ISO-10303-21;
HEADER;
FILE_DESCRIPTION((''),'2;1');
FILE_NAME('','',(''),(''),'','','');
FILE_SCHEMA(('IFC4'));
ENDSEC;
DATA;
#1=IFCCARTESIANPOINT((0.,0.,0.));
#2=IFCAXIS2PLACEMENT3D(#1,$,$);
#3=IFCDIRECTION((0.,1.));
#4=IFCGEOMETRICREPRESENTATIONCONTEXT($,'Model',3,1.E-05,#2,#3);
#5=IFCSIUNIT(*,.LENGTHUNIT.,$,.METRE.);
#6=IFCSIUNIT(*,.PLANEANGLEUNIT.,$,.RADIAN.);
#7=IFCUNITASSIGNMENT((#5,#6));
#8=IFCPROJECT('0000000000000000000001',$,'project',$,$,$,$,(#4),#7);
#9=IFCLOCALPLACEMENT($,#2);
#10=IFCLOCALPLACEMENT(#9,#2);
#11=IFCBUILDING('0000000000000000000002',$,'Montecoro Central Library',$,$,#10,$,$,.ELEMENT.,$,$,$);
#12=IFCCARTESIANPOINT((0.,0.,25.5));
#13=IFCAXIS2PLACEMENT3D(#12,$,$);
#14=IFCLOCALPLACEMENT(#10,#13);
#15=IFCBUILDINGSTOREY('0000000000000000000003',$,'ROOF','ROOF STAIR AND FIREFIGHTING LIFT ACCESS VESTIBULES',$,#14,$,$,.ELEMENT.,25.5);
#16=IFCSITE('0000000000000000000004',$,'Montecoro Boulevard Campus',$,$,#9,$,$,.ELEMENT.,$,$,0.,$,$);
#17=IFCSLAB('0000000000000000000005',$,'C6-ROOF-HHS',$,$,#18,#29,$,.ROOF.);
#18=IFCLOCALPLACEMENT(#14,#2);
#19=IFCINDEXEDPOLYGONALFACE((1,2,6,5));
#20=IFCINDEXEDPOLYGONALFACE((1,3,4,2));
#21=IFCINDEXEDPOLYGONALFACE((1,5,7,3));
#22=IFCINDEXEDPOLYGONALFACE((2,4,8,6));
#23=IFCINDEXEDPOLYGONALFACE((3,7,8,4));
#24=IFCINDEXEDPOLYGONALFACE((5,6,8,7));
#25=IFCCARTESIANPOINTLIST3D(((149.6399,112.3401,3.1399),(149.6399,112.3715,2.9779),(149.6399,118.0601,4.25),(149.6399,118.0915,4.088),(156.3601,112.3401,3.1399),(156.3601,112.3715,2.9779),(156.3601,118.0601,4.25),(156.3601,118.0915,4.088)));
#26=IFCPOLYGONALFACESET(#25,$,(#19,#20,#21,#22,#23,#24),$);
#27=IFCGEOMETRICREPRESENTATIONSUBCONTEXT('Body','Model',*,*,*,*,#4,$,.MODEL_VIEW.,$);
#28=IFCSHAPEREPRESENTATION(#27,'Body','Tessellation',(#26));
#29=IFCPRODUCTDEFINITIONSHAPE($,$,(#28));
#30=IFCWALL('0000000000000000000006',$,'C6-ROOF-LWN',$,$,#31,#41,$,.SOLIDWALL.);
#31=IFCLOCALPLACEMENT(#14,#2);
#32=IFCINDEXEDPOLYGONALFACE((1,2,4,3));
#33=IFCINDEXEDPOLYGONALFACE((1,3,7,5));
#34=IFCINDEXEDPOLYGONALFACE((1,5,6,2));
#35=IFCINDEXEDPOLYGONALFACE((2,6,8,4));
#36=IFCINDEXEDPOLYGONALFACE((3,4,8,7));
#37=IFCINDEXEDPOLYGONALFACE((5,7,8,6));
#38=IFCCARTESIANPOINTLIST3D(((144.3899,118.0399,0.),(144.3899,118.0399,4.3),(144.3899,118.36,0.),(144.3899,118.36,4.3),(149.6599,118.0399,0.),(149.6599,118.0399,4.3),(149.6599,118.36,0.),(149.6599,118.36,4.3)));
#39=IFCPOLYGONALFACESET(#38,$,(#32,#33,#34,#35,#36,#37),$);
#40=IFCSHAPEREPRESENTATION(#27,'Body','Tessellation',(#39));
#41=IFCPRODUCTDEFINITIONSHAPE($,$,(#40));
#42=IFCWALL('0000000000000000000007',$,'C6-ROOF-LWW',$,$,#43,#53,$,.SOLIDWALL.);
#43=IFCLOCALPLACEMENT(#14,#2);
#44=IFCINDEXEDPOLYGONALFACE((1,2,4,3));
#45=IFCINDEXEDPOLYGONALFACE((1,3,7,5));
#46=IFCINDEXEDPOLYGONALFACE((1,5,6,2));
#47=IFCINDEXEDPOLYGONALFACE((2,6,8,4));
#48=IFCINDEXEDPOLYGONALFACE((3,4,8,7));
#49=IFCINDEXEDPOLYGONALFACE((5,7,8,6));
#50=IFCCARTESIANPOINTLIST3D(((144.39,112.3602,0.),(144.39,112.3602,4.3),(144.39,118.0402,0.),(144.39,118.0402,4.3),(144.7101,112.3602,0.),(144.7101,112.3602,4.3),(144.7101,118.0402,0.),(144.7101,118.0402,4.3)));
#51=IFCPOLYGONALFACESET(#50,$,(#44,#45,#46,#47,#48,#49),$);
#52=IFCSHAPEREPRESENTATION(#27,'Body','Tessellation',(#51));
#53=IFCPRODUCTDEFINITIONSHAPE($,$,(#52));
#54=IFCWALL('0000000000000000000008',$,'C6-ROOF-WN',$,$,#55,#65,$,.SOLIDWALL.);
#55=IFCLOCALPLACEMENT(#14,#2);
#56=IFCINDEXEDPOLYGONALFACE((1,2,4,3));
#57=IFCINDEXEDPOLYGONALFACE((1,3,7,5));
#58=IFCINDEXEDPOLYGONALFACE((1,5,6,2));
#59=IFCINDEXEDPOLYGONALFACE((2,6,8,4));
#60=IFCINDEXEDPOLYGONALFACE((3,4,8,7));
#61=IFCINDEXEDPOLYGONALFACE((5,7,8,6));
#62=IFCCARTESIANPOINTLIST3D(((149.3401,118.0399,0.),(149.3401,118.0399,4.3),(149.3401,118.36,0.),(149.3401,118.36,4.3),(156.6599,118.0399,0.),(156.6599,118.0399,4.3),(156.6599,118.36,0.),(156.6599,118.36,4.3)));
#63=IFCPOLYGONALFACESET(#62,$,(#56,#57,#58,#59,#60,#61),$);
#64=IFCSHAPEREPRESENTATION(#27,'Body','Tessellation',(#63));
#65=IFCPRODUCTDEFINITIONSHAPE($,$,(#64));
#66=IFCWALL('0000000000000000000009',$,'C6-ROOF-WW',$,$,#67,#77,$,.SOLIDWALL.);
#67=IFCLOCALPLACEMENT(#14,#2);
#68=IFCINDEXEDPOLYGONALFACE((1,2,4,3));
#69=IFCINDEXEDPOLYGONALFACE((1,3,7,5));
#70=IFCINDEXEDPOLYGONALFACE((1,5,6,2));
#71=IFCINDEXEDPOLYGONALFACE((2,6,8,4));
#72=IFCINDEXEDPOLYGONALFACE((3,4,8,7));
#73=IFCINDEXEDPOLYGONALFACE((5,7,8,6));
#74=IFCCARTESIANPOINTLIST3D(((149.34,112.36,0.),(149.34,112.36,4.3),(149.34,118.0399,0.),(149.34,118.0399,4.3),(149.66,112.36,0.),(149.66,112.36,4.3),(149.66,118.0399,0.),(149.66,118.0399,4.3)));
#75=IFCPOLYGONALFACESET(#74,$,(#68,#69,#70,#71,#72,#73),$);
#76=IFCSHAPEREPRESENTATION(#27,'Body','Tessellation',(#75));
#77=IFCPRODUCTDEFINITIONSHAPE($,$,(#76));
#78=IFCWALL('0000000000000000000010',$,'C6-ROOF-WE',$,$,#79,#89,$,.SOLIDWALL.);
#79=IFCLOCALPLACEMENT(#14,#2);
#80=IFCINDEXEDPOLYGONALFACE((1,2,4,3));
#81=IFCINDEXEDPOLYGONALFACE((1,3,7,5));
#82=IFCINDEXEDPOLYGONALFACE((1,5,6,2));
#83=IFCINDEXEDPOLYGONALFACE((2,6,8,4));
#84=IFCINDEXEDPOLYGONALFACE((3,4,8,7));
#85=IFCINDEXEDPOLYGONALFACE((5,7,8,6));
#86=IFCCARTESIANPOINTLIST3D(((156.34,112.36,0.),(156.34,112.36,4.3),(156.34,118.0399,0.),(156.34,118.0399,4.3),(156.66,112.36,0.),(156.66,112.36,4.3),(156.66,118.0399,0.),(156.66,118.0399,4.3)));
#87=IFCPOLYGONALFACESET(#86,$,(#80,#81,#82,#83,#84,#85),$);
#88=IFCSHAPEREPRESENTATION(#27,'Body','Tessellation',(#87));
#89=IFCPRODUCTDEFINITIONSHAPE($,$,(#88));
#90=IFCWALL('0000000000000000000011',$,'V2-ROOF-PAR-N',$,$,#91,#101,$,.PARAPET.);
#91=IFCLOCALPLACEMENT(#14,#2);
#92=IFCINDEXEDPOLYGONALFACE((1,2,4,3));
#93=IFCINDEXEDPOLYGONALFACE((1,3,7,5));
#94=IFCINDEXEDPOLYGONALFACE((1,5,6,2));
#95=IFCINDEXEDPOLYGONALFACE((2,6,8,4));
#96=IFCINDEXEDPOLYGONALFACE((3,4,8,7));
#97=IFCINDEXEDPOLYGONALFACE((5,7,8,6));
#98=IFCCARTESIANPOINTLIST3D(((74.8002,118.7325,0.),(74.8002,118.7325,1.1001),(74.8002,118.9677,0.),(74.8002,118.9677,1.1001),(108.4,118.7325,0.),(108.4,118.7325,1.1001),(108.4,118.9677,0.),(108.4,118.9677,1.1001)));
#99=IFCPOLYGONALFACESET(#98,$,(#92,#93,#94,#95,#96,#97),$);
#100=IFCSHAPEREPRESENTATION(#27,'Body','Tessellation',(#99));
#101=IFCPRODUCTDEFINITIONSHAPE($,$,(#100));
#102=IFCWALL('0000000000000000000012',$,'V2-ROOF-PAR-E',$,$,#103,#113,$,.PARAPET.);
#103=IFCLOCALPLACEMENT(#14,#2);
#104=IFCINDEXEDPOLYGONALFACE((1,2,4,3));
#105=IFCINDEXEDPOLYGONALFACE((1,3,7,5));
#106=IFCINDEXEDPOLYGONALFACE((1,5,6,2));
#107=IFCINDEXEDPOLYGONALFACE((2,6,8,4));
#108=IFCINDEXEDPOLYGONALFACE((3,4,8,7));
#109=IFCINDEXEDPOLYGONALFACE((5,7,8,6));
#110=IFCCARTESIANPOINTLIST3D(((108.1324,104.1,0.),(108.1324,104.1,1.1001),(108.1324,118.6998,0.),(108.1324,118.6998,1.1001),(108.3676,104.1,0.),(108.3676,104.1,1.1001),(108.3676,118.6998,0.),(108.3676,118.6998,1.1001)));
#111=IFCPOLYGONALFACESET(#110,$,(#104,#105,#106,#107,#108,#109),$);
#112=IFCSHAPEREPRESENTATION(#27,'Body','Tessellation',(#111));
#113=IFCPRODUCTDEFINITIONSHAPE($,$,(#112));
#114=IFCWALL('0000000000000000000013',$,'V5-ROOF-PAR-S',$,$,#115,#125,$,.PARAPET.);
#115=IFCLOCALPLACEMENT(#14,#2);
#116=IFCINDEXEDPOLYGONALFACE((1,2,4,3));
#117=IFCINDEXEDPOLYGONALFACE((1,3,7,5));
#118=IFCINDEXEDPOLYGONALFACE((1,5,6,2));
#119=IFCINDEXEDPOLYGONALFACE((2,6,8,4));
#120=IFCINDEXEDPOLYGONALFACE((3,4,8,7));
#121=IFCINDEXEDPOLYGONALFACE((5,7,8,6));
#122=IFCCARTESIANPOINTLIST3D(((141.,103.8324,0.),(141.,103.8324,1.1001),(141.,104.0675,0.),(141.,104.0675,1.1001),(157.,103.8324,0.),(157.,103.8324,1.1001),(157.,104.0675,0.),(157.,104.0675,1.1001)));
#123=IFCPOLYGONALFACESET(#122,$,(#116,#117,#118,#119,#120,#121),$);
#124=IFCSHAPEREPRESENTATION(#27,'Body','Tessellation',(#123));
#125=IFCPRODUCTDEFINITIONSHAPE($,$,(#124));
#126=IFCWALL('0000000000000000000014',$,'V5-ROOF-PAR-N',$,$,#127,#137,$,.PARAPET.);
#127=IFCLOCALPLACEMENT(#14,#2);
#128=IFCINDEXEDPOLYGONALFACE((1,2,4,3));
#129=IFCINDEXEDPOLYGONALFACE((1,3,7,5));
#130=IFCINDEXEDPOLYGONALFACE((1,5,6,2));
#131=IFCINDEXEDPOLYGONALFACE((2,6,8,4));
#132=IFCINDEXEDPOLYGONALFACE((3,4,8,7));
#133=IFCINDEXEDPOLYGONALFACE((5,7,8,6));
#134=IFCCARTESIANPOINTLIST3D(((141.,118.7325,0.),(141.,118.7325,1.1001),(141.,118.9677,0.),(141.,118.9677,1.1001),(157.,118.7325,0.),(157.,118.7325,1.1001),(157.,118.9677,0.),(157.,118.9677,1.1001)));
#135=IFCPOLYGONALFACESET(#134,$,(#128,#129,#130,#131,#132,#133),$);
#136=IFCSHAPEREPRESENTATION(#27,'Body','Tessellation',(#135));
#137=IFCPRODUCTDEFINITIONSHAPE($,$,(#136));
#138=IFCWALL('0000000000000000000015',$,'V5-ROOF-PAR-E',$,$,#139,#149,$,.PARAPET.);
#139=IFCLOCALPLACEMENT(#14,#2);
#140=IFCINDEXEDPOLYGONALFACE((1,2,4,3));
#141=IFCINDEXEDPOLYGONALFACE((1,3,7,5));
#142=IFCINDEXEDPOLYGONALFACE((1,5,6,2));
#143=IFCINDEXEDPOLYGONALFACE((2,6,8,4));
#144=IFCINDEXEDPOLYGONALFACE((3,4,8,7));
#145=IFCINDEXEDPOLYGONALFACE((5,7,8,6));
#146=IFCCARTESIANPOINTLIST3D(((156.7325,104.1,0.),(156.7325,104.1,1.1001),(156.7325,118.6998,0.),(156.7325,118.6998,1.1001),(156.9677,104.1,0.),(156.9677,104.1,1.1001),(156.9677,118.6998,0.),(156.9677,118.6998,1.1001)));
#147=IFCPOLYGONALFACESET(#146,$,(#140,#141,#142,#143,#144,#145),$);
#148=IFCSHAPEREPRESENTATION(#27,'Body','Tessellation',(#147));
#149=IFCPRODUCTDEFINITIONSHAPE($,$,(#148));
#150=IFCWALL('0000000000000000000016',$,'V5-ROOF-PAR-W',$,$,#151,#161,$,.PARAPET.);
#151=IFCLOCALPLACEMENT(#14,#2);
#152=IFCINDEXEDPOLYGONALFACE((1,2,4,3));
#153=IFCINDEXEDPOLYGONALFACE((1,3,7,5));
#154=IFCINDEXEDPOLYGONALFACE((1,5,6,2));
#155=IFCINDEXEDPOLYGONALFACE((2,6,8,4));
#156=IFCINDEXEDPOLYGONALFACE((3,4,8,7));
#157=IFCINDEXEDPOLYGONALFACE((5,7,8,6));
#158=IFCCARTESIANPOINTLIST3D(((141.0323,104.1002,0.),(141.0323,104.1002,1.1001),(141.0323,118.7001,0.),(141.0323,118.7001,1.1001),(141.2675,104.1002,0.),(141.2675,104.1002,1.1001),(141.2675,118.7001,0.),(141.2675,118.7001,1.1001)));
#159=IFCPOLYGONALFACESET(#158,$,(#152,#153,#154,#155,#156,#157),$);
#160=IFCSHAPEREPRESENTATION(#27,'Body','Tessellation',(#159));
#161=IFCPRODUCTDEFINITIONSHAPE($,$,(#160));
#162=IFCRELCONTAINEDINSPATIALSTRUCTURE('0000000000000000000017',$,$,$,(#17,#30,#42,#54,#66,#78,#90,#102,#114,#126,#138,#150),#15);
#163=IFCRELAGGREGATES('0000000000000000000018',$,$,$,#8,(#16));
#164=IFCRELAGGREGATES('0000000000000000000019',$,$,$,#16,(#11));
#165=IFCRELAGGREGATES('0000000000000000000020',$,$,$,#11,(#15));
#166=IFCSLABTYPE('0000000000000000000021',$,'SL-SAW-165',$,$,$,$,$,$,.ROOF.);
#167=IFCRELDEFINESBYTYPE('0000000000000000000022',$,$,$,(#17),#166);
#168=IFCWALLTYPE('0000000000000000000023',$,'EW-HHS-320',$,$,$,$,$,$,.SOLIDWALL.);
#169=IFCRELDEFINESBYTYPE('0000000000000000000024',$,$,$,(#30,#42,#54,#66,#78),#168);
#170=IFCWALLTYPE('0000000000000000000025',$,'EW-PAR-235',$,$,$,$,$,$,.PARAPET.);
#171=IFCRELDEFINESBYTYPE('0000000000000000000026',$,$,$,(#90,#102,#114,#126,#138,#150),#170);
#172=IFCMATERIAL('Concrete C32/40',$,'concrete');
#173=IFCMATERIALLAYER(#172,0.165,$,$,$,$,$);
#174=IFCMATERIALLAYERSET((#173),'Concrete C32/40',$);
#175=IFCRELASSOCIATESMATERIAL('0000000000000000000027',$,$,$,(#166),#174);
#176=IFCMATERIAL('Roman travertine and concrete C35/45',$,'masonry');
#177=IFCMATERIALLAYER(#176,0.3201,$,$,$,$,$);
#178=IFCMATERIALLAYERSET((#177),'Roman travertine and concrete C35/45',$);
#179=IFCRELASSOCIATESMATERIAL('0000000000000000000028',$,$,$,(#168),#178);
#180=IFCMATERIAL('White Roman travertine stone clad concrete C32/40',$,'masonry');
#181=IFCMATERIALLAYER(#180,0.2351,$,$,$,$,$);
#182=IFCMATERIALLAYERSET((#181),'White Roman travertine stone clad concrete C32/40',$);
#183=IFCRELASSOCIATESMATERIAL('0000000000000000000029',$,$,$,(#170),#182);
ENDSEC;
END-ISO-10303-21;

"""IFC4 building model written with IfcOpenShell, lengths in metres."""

from ifc_helpers import new_model, si_unit, direction, frame, frame_2d, origin, place, context, subcontext, project, spatial, polyline, rectangle, outline, extrude, material, layer, layer_set, type_object, element, save


model = new_model("IFC4")

# Units and contexts
model_context = context("Model", 3, precision=1e-05, world=origin(), true_north=direction((0.0, 1.0)))
body_context = subcontext(model_context, "Body", "Model", "MODEL_VIEW")
ifc_project = project(units=[si_unit("LENGTHUNIT", "METRE"), si_unit("PLANEANGLEUNIT", "RADIAN")], contexts=[model_context])

# Site, building, storey
site_placement = place(None, origin())
site = spatial("IfcSite", under=ifc_project, at=site_placement, Name="Montecoro Boulevard Campus", CompositionType="ELEMENT", RefElevation=0.0)
building_placement = place(site_placement, origin())
building = spatial("IfcBuilding", under=site, at=building_placement, Name="Montecoro Central Library", CompositionType="ELEMENT")
storey_placement = place(building_placement, frame((0.0, 0.0, 25.5)))
storey = spatial("IfcBuildingStorey", under=building, at=storey_placement, Name="ROOF", Description="ROOF STAIR AND FIREFIGHTING LIFT ACCESS VESTIBULES", CompositionType="ELEMENT", Elevation=25.5)

# Slab
ifc_material_1 = material(Name="Concrete C32/40", Category="concrete")
ifc_layer_1 = layer(ifc_material_1, 0.165)
ifc_layer_set_1 = layer_set([ifc_layer_1], Name="Concrete C32/40")
slab_type_1 = type_object("IfcSlabType", Name="SL-SAW-165", PredefinedType="ROOF", material=ifc_layer_set_1)
slab_1_placement = place(storey_placement, frame((149.6399, 112.3401, 3.1399), z_axis=(0.0, -0.190521, 0.981683), x_axis=(1.0, 0.0, 0.0)))
element("IfcSlab", 1, at=slab_1_placement, inside=storey, type_object=slab_type_1, Name="C6-ROOF-HHS", PredefinedType="ROOF", context=body_context, shape_type="SweptSolid", body=[
    extrude(outline(polyline([(0.0, 0.0), (6.7202, 0.0), (6.7202, 5.8267), (0.0, 5.8267), (0.0, 0.0)])), origin(), (0.0, 0.0, -1.0), 0.165),
])

# Shared definitions
ifc_material_2 = material(Name="Roman travertine and concrete C35/45", Category="masonry")
ifc_layer_2 = layer(ifc_material_2, 0.3201)
ifc_layer_set_2 = layer_set([ifc_layer_2], Name="Roman travertine and concrete C35/45")
wall_type_1 = type_object("IfcWallType", Name="EW-HHS-320", PredefinedType="SOLIDWALL", material=ifc_layer_set_2)

# Walls
wall_1_placement = place(storey_placement, frame((149.6599, 118.2, 0.0), z_axis=(0.0, 0.0, 1.0), x_axis=(-1.0, 0.0, 0.0)))
element("IfcWall", 2, at=wall_1_placement, inside=storey, type_object=wall_type_1, Name="C6-ROOF-LWN", PredefinedType="SOLIDWALL", context=body_context, shape_type="SweptSolid", body=[
    extrude(rectangle(XDim=5.27, YDim=0.3201, at=frame_2d((2.635, 0.0))), origin(), (0.0, 0.0, 1.0), 4.3),
])
wall_2_placement = place(storey_placement, frame((144.55, 118.04, 0.0), z_axis=(0.0, 0.0, 1.0), x_axis=(0.0, -1.0, 0.0)))
element("IfcWall", 3, at=wall_2_placement, inside=storey, type_object=wall_type_1, Name="C6-ROOF-LWW", PredefinedType="SOLIDWALL", context=body_context, shape_type="SweptSolid", body=[
    extrude(rectangle(XDim=5.6799, YDim=0.3201, at=frame_2d((2.8398, 0.0))), origin(), (0.0, 0.0, 1.0), 4.3),
])

# Walls
wall_3_placement = place(storey_placement, frame((149.3401, 118.2, 0.0), z_axis=(0.0, 0.0, 1.0), x_axis=(1.0, 0.0, 0.0)))
element("IfcWall", 4, at=wall_3_placement, inside=storey, type_object=wall_type_1, Name="C6-ROOF-WN", PredefinedType="SOLIDWALL", context=body_context, shape_type="SweptSolid", body=[
    extrude(rectangle(XDim=7.3198, YDim=0.3201, at=frame_2d((3.6599, 0.0))), origin(), (0.0, 0.0, 1.0), 4.3),
])
for number, where, z_axis, x_axis, name in (
    (5, (149.5, 112.3601, 0.0), (0.0, 0.0, 1.0), (0.0, 1.0, 0.0), "C6-ROOF-WW"),
    (6, (156.5, 112.3601, 0.0), (0.0, 0.0, 1.0), (0.0, 1.0, 0.0), "C6-ROOF-WE"),
):
    element("IfcWall", number, at=place(storey_placement, frame(where, z_axis=z_axis, x_axis=x_axis)), inside=storey, type_object=wall_type_1, Name=name, PredefinedType="SOLIDWALL", context=body_context, shape_type="SweptSolid", body=[
        extrude(rectangle(XDim=5.6799, YDim=0.3201, at=frame_2d((2.8398, 0.0))), origin(), (0.0, 0.0, 1.0), 4.3),
    ])
ifc_material_3 = material(Name="White Roman travertine stone clad concrete C32/40", Category="masonry")
ifc_layer_3 = layer(ifc_material_3, 0.2351)
ifc_layer_set_3 = layer_set([ifc_layer_3], Name="White Roman travertine stone clad concrete C32/40")
wall_type_2 = type_object("IfcWallType", Name="EW-PAR-235", PredefinedType="PARAPET", material=ifc_layer_set_3)
wall_4_placement = place(storey_placement, frame((108.3999, 118.8501, 0.0), z_axis=(0.0, 0.0, 1.0), x_axis=(-1.0, 0.0, 0.0)))
element("IfcWall", 7, at=wall_4_placement, inside=storey, type_object=wall_type_2, Name="V2-ROOF-PAR-N", PredefinedType="PARAPET", context=body_context, shape_type="SweptSolid", body=[
    extrude(rectangle(XDim=33.5999, YDim=0.2351, at=frame_2d((16.7998, 0.0))), origin(), (0.0, 0.0, 1.0), 1.1001),
])
wall_5_placement = place(storey_placement, frame((108.25, 104.1001, 0.0), z_axis=(0.0, 0.0, 1.0), x_axis=(0.0, 1.0, 0.0)))
element("IfcWall", 8, at=wall_5_placement, inside=storey, type_object=wall_type_2, Name="V2-ROOF-PAR-E", PredefinedType="PARAPET", context=body_context, shape_type="SweptSolid", body=[
    extrude(rectangle(XDim=14.5999, YDim=0.2351, at=frame_2d((7.2998, 0.0))), origin(), (0.0, 0.0, 1.0), 1.1001),
])
for number, where, z_axis, x_axis, name in (
    (9, (141.0, 103.95, 0.0), (0.0, 0.0, 1.0), (1.0, 0.0, 0.0), "V5-ROOF-PAR-S"),
    (10, (157.0, 118.8501, 0.0), (0.0, 0.0, 1.0), (-1.0, 0.0, 0.0), "V5-ROOF-PAR-N"),
):
    element("IfcWall", number, at=place(storey_placement, frame(where, z_axis=z_axis, x_axis=x_axis)), inside=storey, type_object=wall_type_2, Name=name, PredefinedType="PARAPET", context=body_context, shape_type="SweptSolid", body=[
        extrude(rectangle(XDim=16.0, YDim=0.2351, at=frame_2d((8.0, 0.0))), origin(), (0.0, 0.0, 1.0), 1.1001),
    ])
for number, where, z_axis, x_axis, name in (
    (11, (156.8501, 104.1001, 0.0), (0.0, 0.0, 1.0), (0.0, 1.0, 0.0), "V5-ROOF-PAR-E"),
    (12, (141.1499, 118.7, 0.0), (0.0, 0.0, 1.0), (0.0, -1.0, 0.0), "V5-ROOF-PAR-W"),
):
    element("IfcWall", number, at=place(storey_placement, frame(where, z_axis=z_axis, x_axis=x_axis)), inside=storey, type_object=wall_type_2, Name=name, PredefinedType="PARAPET", context=body_context, shape_type="SweptSolid", body=[
        extrude(rectangle(XDim=14.5999, YDim=0.2351, at=frame_2d((7.2998, 0.0))), origin(), (0.0, 0.0, 1.0), 1.1001),
    ])

save(model, "model.ifc")
